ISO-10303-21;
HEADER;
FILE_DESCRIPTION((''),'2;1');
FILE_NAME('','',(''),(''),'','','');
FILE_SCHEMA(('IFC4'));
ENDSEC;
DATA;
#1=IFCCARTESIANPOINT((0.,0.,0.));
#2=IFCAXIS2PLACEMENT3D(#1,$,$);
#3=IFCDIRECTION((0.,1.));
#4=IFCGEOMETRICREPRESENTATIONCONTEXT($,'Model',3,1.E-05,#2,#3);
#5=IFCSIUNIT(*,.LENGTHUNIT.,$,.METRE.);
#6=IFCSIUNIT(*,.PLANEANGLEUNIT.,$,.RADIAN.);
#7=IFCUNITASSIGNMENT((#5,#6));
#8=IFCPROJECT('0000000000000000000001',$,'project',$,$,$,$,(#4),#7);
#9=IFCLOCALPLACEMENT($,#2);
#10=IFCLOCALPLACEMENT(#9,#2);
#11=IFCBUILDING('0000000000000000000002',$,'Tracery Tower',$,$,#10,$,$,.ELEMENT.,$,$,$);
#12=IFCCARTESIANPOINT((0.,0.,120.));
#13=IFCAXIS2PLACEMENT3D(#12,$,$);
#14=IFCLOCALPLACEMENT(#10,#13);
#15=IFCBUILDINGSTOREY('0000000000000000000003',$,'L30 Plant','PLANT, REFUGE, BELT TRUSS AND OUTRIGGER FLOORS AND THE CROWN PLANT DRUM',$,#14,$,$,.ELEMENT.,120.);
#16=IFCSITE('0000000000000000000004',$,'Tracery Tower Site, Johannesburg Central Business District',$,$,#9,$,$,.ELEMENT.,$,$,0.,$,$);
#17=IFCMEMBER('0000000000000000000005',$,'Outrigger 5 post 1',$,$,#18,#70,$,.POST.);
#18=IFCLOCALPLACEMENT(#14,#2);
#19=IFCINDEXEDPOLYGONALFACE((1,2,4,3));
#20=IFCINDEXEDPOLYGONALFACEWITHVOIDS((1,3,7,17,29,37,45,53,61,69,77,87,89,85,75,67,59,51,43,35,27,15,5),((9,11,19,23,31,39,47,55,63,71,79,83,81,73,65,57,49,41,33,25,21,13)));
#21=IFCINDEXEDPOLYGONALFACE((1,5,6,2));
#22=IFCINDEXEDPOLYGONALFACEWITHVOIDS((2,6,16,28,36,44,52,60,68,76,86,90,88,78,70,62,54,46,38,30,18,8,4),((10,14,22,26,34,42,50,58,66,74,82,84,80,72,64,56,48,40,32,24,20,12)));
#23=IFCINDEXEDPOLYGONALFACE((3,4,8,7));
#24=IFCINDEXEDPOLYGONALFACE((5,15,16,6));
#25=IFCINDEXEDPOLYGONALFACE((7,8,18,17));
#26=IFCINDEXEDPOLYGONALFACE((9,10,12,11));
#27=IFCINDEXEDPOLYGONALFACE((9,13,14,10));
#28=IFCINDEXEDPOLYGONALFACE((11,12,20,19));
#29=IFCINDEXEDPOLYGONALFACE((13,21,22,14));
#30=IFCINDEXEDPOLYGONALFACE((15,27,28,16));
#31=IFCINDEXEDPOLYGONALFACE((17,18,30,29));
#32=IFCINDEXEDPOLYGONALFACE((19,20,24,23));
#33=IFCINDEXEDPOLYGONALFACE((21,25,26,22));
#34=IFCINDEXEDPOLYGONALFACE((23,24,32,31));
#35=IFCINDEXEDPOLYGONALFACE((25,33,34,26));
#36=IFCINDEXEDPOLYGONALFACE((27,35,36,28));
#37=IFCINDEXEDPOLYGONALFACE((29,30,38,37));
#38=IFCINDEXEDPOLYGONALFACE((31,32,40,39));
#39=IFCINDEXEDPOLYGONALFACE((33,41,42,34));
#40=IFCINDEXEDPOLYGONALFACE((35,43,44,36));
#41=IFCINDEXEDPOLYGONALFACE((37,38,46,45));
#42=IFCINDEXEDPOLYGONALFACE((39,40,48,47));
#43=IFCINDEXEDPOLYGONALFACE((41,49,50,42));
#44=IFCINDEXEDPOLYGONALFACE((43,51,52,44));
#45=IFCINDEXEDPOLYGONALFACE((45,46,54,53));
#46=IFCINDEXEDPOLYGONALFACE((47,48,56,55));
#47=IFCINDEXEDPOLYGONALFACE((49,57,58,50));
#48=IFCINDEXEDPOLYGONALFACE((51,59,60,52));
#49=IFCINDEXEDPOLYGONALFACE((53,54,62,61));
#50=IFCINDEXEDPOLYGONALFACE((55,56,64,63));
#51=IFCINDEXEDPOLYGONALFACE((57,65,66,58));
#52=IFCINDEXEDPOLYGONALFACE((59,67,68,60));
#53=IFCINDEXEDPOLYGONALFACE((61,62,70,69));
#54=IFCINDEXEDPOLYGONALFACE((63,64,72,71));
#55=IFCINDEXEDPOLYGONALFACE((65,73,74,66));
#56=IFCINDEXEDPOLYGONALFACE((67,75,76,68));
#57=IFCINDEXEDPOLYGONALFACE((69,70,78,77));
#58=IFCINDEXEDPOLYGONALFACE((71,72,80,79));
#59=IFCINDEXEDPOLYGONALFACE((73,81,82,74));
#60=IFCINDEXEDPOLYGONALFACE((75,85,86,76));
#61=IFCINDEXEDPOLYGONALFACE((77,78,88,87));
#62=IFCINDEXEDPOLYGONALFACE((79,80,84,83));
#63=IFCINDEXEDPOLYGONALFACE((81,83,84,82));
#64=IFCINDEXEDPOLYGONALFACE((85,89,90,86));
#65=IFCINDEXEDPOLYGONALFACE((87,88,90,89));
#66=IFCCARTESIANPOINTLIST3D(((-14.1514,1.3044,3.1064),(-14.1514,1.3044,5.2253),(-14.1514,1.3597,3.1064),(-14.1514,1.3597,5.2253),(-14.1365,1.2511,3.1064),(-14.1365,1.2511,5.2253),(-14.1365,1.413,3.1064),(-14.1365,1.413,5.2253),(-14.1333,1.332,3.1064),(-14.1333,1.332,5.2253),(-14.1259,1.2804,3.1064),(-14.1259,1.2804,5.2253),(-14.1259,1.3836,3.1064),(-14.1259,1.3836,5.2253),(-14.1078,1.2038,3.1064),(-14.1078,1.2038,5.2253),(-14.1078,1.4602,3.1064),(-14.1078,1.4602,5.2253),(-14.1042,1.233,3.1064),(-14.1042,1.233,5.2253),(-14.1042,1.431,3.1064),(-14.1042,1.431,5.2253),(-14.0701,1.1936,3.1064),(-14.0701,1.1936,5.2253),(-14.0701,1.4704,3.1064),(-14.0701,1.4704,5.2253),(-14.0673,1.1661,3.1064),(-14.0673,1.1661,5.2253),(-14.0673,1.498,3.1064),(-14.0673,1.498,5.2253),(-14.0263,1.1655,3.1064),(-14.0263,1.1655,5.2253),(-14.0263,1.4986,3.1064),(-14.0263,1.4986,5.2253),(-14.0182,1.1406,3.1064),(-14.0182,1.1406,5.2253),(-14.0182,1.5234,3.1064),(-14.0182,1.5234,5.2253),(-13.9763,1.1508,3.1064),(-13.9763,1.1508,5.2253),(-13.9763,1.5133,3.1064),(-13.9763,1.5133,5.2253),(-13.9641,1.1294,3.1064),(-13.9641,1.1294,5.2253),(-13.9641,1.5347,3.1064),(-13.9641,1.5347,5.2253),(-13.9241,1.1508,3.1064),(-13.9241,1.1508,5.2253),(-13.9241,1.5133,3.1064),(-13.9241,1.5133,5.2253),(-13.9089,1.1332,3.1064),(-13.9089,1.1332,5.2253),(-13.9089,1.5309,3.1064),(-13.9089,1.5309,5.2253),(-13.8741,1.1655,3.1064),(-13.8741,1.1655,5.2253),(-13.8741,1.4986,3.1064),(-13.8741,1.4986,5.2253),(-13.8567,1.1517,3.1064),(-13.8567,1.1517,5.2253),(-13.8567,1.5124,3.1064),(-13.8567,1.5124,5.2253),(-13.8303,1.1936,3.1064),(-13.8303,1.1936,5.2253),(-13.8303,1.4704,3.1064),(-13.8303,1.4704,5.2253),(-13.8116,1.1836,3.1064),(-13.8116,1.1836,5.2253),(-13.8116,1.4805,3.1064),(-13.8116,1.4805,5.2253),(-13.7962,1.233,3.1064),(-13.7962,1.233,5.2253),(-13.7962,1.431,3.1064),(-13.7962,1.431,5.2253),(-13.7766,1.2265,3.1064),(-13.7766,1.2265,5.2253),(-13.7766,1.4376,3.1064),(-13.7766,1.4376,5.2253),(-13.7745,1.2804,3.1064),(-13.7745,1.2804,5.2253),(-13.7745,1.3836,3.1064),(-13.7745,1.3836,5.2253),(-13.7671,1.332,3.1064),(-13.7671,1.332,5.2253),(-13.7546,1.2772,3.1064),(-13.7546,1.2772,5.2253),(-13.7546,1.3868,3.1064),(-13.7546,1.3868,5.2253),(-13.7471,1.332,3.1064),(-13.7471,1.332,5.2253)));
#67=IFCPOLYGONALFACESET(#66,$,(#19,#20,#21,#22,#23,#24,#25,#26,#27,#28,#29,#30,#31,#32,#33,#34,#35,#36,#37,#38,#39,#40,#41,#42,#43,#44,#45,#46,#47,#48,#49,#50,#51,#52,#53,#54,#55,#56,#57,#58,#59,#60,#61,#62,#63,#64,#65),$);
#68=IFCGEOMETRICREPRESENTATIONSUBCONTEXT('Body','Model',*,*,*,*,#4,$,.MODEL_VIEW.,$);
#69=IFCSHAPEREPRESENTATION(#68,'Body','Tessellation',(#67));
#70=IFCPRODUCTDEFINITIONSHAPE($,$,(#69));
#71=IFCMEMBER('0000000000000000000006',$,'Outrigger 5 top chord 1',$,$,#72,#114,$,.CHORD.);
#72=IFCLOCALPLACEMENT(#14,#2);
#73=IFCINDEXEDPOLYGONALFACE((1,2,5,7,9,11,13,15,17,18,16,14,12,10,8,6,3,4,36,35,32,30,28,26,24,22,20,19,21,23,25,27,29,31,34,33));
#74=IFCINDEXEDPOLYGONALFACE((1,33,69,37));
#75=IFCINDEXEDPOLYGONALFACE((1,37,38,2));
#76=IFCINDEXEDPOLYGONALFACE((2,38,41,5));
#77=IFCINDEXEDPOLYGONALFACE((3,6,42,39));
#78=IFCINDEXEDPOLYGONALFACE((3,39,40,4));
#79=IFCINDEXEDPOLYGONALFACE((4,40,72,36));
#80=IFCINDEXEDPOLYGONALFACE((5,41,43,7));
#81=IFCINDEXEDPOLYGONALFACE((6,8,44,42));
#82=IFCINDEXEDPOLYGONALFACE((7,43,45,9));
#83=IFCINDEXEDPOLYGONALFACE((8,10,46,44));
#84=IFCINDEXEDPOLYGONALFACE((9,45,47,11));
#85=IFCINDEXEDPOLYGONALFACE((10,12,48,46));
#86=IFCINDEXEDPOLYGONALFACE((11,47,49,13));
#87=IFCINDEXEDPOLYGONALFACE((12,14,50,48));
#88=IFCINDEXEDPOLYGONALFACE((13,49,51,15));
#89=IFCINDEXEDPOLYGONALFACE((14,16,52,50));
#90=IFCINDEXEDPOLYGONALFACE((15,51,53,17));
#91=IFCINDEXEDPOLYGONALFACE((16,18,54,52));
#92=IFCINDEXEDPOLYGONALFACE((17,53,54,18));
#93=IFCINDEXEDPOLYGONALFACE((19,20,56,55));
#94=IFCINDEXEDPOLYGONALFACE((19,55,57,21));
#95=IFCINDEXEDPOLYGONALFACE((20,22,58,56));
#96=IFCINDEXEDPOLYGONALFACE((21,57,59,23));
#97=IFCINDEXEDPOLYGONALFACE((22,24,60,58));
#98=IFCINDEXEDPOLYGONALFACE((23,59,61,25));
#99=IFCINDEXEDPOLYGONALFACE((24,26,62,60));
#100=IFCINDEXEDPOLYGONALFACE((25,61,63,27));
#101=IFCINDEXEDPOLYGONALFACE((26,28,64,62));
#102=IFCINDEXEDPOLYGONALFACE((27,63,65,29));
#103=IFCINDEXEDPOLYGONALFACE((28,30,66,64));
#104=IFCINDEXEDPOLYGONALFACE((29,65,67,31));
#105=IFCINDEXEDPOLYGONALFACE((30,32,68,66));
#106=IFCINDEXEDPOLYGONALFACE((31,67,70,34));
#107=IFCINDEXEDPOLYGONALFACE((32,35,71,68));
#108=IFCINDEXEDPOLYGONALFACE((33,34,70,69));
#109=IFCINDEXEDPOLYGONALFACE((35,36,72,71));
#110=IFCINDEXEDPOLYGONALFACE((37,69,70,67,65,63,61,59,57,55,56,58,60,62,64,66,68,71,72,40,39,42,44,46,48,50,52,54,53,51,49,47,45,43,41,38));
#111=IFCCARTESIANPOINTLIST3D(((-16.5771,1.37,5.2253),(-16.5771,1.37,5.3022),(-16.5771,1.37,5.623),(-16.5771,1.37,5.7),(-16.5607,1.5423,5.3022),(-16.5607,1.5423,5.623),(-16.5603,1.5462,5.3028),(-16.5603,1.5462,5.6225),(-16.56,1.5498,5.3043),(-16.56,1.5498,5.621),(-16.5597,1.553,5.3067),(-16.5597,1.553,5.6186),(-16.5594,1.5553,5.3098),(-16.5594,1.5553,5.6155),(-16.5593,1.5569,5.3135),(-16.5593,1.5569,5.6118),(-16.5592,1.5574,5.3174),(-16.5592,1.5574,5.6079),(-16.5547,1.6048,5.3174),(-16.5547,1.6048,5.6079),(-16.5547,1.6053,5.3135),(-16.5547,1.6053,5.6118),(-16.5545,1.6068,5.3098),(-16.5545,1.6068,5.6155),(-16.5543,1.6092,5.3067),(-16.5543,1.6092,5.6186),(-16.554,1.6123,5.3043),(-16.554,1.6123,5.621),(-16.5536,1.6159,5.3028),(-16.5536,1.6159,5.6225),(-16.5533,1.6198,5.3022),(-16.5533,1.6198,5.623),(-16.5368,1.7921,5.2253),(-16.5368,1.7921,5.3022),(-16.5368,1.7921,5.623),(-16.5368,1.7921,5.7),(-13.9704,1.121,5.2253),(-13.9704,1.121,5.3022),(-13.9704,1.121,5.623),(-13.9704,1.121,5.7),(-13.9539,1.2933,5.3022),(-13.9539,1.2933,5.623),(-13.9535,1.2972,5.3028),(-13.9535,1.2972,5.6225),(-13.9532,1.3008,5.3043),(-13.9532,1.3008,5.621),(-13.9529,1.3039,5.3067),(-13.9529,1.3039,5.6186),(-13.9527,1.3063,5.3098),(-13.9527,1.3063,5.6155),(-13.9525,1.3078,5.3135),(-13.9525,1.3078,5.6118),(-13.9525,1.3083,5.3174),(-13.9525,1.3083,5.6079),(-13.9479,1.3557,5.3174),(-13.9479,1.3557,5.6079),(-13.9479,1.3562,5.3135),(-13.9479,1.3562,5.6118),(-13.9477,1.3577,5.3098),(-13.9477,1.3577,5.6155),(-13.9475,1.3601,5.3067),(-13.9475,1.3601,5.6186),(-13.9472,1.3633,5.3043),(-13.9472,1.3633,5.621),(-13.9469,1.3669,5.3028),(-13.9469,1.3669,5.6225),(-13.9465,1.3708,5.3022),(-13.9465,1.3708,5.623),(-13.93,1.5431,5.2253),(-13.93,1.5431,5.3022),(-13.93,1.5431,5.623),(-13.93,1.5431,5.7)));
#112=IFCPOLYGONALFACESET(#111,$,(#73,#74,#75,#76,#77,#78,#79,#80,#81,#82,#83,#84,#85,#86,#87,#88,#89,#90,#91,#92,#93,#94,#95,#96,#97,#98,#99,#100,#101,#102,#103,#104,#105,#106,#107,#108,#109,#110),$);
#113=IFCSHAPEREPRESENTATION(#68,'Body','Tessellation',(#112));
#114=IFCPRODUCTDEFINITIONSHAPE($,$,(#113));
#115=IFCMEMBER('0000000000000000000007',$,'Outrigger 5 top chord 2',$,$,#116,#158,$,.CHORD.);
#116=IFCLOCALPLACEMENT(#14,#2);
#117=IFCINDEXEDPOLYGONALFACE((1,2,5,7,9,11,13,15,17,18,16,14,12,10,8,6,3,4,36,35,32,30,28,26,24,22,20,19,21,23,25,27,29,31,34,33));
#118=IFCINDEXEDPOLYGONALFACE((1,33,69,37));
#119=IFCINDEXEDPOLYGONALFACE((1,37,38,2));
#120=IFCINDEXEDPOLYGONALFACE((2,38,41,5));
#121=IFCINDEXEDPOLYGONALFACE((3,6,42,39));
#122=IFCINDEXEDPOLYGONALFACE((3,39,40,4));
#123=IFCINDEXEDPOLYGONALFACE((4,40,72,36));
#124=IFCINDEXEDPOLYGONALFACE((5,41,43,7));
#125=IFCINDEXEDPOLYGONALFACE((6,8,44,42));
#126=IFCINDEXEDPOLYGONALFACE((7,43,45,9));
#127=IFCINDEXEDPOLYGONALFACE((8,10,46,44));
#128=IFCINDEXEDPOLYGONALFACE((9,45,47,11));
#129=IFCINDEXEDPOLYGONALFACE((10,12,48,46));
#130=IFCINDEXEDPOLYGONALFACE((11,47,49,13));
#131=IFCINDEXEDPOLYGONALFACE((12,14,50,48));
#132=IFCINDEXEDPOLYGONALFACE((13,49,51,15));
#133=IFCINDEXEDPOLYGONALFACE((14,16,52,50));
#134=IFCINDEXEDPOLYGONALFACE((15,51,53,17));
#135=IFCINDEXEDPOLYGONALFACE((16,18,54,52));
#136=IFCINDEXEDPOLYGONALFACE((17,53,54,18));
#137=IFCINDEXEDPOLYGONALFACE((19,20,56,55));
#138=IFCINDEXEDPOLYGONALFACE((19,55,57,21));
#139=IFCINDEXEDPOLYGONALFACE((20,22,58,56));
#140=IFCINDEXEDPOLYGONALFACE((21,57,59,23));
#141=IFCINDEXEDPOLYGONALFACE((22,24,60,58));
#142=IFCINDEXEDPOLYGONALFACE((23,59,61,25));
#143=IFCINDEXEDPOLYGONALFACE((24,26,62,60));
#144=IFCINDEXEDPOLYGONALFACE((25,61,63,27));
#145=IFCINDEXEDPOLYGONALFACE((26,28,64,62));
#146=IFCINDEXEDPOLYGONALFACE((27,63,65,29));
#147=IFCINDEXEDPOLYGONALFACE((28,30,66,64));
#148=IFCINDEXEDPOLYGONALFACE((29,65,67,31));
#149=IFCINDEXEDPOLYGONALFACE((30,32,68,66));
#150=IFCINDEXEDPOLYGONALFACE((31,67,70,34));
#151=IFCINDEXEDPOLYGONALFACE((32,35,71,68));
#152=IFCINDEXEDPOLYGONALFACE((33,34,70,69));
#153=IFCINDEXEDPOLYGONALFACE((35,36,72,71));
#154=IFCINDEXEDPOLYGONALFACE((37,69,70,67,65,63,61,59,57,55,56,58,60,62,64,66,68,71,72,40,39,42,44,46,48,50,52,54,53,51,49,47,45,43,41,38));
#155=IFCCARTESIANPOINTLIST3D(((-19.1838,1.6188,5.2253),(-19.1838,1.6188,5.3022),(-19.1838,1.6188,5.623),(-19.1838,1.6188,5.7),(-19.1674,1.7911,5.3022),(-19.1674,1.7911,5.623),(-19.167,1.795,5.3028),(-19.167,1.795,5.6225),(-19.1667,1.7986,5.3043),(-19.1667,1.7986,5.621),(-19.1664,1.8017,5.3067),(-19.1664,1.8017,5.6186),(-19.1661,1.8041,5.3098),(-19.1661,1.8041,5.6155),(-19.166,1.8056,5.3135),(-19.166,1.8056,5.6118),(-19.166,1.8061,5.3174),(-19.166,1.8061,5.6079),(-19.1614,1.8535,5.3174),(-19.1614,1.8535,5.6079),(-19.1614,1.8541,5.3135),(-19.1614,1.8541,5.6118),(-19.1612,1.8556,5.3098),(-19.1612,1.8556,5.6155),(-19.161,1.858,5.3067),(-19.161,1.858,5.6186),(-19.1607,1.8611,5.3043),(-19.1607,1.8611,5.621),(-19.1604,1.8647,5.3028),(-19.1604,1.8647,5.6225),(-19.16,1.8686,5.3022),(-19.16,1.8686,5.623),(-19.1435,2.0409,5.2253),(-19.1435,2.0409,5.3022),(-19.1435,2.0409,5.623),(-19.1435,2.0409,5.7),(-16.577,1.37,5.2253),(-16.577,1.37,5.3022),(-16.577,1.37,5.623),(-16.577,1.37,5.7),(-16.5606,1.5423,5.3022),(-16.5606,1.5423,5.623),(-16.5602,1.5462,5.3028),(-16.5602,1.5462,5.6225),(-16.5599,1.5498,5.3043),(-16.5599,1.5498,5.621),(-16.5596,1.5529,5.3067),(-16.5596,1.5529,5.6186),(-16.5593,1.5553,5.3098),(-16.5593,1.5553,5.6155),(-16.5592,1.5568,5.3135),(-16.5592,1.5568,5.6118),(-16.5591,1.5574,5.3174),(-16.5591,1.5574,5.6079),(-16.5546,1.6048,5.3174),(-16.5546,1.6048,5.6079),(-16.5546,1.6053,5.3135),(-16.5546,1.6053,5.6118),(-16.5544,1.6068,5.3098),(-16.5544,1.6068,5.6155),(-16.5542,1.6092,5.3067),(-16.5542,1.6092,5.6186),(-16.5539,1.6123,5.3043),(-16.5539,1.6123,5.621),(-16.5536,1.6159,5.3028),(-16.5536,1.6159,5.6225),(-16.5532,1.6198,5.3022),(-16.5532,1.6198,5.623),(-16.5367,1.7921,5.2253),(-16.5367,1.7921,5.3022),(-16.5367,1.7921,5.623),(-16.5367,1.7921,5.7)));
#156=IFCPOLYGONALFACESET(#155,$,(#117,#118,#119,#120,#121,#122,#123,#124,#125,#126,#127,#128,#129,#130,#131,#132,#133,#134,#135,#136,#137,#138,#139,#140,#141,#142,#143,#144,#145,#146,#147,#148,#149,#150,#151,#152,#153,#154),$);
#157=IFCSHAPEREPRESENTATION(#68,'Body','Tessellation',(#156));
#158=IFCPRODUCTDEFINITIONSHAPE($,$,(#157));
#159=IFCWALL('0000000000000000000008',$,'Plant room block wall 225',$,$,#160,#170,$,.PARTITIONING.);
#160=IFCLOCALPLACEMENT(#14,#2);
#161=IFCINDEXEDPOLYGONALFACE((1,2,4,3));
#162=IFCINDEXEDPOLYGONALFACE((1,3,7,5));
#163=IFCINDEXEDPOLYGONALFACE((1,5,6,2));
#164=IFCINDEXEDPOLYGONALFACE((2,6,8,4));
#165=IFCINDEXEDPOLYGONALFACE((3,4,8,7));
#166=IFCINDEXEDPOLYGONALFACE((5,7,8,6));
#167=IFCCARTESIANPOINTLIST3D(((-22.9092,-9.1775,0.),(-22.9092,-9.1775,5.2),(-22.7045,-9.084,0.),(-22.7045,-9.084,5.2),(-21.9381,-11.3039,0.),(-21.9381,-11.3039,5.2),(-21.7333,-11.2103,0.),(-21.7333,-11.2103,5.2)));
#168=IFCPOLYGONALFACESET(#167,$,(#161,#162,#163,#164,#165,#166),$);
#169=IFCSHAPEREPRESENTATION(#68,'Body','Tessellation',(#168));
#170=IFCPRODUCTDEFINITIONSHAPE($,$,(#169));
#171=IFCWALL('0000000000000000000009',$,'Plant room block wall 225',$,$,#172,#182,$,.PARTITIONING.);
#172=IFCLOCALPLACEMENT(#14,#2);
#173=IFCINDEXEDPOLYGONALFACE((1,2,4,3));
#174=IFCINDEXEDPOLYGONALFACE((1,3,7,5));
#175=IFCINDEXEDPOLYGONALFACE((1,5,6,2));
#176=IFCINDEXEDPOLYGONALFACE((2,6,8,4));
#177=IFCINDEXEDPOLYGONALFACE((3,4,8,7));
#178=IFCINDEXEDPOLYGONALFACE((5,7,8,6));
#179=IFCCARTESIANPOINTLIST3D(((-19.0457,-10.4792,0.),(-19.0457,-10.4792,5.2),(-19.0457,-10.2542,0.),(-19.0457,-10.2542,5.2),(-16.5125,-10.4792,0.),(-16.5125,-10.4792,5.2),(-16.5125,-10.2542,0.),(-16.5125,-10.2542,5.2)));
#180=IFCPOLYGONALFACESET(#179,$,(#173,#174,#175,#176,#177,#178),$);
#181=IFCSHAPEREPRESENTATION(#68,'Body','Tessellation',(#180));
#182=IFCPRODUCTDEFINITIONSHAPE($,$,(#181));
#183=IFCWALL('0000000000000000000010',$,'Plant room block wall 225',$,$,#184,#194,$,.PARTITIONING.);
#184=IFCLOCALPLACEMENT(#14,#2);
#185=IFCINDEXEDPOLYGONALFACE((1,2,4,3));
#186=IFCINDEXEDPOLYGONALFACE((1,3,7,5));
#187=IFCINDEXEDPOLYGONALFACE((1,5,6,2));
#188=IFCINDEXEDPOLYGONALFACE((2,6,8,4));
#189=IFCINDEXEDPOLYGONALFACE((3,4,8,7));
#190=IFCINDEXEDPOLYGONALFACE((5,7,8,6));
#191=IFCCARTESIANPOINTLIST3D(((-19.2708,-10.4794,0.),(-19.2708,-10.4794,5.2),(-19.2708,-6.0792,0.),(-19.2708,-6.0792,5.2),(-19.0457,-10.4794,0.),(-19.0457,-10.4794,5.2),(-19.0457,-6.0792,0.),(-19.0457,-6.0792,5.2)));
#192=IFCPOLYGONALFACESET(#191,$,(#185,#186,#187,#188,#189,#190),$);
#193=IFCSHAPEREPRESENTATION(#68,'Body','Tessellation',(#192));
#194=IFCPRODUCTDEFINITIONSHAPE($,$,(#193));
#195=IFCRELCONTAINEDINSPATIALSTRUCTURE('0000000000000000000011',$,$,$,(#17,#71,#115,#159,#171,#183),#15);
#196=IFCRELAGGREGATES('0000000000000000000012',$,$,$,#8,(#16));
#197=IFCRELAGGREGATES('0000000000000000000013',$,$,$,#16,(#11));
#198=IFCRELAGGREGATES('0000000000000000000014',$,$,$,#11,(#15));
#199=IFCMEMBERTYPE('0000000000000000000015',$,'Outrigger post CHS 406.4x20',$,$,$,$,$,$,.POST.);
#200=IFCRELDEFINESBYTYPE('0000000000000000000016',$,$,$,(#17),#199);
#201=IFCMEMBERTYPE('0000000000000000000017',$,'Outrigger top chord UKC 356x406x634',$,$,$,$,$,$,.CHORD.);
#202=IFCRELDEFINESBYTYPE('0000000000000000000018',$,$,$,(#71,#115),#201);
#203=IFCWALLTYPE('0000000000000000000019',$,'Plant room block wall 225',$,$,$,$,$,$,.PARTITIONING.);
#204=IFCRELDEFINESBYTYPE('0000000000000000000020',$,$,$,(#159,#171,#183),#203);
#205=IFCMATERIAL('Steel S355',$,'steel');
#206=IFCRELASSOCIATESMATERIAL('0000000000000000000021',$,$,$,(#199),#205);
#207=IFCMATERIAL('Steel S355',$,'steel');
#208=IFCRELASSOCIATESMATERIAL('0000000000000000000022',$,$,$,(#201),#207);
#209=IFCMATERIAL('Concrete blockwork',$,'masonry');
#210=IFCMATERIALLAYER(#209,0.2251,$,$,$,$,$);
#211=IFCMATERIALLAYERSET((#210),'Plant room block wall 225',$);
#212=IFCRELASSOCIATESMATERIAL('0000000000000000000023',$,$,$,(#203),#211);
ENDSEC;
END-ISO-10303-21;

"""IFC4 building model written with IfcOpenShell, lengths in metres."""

from ifc_helpers import new_model, si_unit, direction, frame, frame_2d, origin, origin_2d, place, context, subcontext, project, spatial, rectangle, hollow_circle, i_section, extrude, material, layer, layer_set, material_profile, profile_set, type_object, element, save


model = new_model("IFC4")

# Units and contexts
model_context = context("Model", 3, precision=1e-05, world=origin(), true_north=direction((0.0, 1.0)))
body_context = subcontext(model_context, "Body", "Model", "MODEL_VIEW")
ifc_project = project(units=[si_unit("LENGTHUNIT", "METRE"), si_unit("PLANEANGLEUNIT", "RADIAN")], contexts=[model_context])

# Site, building, storey
site_placement = place(None, origin())
site = spatial("IfcSite", under=ifc_project, at=site_placement, Name="Tracery Tower Site, Johannesburg Central Business District", CompositionType="ELEMENT", RefElevation=0.0)
building_placement = place(site_placement, origin())
building = spatial("IfcBuilding", under=site, at=building_placement, Name="Tracery Tower", CompositionType="ELEMENT")
storey_placement = place(building_placement, frame((0.0, 0.0, 120.0)))
storey = spatial("IfcBuildingStorey", under=building, at=storey_placement, Name="L30 Plant", Description="PLANT, REFUGE, BELT TRUSS AND OUTRIGGER FLOORS AND THE CROWN PLANT DRUM", CompositionType="ELEMENT", Elevation=120.0)

# Members
ifc_material_1 = material(Name="Steel S355", Category="steel")
ifc_material_profile_1 = material_profile(ifc_material_1, hollow_circle(Radius=0.2031, WallThickness=0.02, at=origin_2d()), Name="CHS 406.4x20")
ifc_profile_set_1 = profile_set([ifc_material_profile_1], Name="Steel S355")
member_type_1 = type_object("IfcMemberType", Name="Outrigger post CHS 406.4x20", PredefinedType="POST", material=ifc_profile_set_1)
member_placement = place(storey_placement, frame((-13.9502, 1.332, 3.1064), z_axis=(0.0, 0.0, 1.0), x_axis=(1.0, 0.0, 0.0)))
element("IfcMember", 1, at=member_placement, inside=storey, type_object=member_type_1, Name="Outrigger 5 post 1", PredefinedType="POST", context=body_context, shape_type="SweptSolid", body=[
    extrude(hollow_circle(Radius=0.2031, WallThickness=0.02, at=origin_2d()), origin(), (0.0, 0.0, 1.0), 2.1189),
])
ifc_material_2 = material(Name="Steel S355", Category="steel")
ifc_material_profile_2 = material_profile(ifc_material_2, i_section(OverallWidth=0.4241, OverallDepth=0.4746, WebThickness=0.0476, FlangeThickness=0.0769, FilletRadius=0.0151, at=origin_2d()), Name="UKC 356x406x634")
ifc_profile_set_2 = profile_set([ifc_material_profile_2], Name="Steel S355")
member_type_2 = type_object("IfcMemberType", Name="Outrigger top chord UKC 356x406x634", PredefinedType="CHORD", material=ifc_profile_set_2)
for number, where, z_axis, x_axis, name in (
    (2, (-13.9502, 1.332, 5.4626), (-0.995468, 0.095099, 0.0), (-0.095099, -0.995468, 0.0), "Outrigger 5 top chord 1"),
    (3, (-16.5569, 1.5811, 5.4626), (-0.995477, 0.095007, 0.0), (-0.095007, -0.995477, 0.0), "Outrigger 5 top chord 2"),
):
    element("IfcMember", number, at=place(storey_placement, frame(where, z_axis=z_axis, x_axis=x_axis)), inside=storey, type_object=member_type_2, Name=name, PredefinedType="CHORD", context=body_context, shape_type="SweptSolid", body=[
        extrude(i_section(OverallWidth=0.4241, OverallDepth=0.4746, WebThickness=0.0476, FlangeThickness=0.0769, FilletRadius=0.0151, at=origin_2d()), origin(), (0.0, 0.0, 1.0), 2.6187),
    ])

# Walls
ifc_material_3 = material(Name="Concrete blockwork", Category="masonry")
ifc_layer_1 = layer(ifc_material_3, 0.2251)
ifc_layer_set_1 = layer_set([ifc_layer_1], Name="Plant room block wall 225")
wall_type_1 = type_object("IfcWallType", Name="Plant room block wall 225", PredefinedType="PARTITIONING", material=ifc_layer_set_1)
wall_1_placement = place(storey_placement, frame((-22.8069, -9.1306, 0.0), z_axis=(0.0, 0.0, 1.0), x_axis=(0.415439, -0.909621, 0.0)))
element("IfcWall", 4, at=wall_1_placement, inside=storey, type_object=wall_type_1, Name="Plant room block wall 225", PredefinedType="PARTITIONING", context=body_context, shape_type="SweptSolid", body=[
    extrude(rectangle(XDim=2.3376, YDim=0.2251, at=frame_2d((1.1689, 0.0))), origin(), (0.0, 0.0, 1.0), 5.2),
])
wall_2_placement = place(storey_placement, frame((-19.0457, -10.3667, 0.0), z_axis=(0.0, 0.0, 1.0), x_axis=(1.0, 0.0, 0.0)))
element("IfcWall", 5, at=wall_2_placement, inside=storey, type_object=wall_type_1, Name="Plant room block wall 225", PredefinedType="PARTITIONING", context=body_context, shape_type="SweptSolid", body=[
    extrude(rectangle(XDim=2.5332, YDim=0.2251, at=frame_2d((1.2666, 0.0))), origin(), (0.0, 0.0, 1.0), 5.2),
])
wall_3_placement = place(storey_placement, frame((-19.1582, -6.0791, 0.0), z_axis=(0.0, 0.0, 1.0), x_axis=(0.0, -1.0, 0.0)))
element("IfcWall", 6, at=wall_3_placement, inside=storey, type_object=wall_type_1, Name="Plant room block wall 225", PredefinedType="PARTITIONING", context=body_context, shape_type="SweptSolid", body=[
    extrude(rectangle(XDim=4.4001, YDim=0.2251, at=frame_2d((2.2002, 0.0))), origin(), (0.0, 0.0, 1.0), 5.2),
])

save(model, "model.ifc")
